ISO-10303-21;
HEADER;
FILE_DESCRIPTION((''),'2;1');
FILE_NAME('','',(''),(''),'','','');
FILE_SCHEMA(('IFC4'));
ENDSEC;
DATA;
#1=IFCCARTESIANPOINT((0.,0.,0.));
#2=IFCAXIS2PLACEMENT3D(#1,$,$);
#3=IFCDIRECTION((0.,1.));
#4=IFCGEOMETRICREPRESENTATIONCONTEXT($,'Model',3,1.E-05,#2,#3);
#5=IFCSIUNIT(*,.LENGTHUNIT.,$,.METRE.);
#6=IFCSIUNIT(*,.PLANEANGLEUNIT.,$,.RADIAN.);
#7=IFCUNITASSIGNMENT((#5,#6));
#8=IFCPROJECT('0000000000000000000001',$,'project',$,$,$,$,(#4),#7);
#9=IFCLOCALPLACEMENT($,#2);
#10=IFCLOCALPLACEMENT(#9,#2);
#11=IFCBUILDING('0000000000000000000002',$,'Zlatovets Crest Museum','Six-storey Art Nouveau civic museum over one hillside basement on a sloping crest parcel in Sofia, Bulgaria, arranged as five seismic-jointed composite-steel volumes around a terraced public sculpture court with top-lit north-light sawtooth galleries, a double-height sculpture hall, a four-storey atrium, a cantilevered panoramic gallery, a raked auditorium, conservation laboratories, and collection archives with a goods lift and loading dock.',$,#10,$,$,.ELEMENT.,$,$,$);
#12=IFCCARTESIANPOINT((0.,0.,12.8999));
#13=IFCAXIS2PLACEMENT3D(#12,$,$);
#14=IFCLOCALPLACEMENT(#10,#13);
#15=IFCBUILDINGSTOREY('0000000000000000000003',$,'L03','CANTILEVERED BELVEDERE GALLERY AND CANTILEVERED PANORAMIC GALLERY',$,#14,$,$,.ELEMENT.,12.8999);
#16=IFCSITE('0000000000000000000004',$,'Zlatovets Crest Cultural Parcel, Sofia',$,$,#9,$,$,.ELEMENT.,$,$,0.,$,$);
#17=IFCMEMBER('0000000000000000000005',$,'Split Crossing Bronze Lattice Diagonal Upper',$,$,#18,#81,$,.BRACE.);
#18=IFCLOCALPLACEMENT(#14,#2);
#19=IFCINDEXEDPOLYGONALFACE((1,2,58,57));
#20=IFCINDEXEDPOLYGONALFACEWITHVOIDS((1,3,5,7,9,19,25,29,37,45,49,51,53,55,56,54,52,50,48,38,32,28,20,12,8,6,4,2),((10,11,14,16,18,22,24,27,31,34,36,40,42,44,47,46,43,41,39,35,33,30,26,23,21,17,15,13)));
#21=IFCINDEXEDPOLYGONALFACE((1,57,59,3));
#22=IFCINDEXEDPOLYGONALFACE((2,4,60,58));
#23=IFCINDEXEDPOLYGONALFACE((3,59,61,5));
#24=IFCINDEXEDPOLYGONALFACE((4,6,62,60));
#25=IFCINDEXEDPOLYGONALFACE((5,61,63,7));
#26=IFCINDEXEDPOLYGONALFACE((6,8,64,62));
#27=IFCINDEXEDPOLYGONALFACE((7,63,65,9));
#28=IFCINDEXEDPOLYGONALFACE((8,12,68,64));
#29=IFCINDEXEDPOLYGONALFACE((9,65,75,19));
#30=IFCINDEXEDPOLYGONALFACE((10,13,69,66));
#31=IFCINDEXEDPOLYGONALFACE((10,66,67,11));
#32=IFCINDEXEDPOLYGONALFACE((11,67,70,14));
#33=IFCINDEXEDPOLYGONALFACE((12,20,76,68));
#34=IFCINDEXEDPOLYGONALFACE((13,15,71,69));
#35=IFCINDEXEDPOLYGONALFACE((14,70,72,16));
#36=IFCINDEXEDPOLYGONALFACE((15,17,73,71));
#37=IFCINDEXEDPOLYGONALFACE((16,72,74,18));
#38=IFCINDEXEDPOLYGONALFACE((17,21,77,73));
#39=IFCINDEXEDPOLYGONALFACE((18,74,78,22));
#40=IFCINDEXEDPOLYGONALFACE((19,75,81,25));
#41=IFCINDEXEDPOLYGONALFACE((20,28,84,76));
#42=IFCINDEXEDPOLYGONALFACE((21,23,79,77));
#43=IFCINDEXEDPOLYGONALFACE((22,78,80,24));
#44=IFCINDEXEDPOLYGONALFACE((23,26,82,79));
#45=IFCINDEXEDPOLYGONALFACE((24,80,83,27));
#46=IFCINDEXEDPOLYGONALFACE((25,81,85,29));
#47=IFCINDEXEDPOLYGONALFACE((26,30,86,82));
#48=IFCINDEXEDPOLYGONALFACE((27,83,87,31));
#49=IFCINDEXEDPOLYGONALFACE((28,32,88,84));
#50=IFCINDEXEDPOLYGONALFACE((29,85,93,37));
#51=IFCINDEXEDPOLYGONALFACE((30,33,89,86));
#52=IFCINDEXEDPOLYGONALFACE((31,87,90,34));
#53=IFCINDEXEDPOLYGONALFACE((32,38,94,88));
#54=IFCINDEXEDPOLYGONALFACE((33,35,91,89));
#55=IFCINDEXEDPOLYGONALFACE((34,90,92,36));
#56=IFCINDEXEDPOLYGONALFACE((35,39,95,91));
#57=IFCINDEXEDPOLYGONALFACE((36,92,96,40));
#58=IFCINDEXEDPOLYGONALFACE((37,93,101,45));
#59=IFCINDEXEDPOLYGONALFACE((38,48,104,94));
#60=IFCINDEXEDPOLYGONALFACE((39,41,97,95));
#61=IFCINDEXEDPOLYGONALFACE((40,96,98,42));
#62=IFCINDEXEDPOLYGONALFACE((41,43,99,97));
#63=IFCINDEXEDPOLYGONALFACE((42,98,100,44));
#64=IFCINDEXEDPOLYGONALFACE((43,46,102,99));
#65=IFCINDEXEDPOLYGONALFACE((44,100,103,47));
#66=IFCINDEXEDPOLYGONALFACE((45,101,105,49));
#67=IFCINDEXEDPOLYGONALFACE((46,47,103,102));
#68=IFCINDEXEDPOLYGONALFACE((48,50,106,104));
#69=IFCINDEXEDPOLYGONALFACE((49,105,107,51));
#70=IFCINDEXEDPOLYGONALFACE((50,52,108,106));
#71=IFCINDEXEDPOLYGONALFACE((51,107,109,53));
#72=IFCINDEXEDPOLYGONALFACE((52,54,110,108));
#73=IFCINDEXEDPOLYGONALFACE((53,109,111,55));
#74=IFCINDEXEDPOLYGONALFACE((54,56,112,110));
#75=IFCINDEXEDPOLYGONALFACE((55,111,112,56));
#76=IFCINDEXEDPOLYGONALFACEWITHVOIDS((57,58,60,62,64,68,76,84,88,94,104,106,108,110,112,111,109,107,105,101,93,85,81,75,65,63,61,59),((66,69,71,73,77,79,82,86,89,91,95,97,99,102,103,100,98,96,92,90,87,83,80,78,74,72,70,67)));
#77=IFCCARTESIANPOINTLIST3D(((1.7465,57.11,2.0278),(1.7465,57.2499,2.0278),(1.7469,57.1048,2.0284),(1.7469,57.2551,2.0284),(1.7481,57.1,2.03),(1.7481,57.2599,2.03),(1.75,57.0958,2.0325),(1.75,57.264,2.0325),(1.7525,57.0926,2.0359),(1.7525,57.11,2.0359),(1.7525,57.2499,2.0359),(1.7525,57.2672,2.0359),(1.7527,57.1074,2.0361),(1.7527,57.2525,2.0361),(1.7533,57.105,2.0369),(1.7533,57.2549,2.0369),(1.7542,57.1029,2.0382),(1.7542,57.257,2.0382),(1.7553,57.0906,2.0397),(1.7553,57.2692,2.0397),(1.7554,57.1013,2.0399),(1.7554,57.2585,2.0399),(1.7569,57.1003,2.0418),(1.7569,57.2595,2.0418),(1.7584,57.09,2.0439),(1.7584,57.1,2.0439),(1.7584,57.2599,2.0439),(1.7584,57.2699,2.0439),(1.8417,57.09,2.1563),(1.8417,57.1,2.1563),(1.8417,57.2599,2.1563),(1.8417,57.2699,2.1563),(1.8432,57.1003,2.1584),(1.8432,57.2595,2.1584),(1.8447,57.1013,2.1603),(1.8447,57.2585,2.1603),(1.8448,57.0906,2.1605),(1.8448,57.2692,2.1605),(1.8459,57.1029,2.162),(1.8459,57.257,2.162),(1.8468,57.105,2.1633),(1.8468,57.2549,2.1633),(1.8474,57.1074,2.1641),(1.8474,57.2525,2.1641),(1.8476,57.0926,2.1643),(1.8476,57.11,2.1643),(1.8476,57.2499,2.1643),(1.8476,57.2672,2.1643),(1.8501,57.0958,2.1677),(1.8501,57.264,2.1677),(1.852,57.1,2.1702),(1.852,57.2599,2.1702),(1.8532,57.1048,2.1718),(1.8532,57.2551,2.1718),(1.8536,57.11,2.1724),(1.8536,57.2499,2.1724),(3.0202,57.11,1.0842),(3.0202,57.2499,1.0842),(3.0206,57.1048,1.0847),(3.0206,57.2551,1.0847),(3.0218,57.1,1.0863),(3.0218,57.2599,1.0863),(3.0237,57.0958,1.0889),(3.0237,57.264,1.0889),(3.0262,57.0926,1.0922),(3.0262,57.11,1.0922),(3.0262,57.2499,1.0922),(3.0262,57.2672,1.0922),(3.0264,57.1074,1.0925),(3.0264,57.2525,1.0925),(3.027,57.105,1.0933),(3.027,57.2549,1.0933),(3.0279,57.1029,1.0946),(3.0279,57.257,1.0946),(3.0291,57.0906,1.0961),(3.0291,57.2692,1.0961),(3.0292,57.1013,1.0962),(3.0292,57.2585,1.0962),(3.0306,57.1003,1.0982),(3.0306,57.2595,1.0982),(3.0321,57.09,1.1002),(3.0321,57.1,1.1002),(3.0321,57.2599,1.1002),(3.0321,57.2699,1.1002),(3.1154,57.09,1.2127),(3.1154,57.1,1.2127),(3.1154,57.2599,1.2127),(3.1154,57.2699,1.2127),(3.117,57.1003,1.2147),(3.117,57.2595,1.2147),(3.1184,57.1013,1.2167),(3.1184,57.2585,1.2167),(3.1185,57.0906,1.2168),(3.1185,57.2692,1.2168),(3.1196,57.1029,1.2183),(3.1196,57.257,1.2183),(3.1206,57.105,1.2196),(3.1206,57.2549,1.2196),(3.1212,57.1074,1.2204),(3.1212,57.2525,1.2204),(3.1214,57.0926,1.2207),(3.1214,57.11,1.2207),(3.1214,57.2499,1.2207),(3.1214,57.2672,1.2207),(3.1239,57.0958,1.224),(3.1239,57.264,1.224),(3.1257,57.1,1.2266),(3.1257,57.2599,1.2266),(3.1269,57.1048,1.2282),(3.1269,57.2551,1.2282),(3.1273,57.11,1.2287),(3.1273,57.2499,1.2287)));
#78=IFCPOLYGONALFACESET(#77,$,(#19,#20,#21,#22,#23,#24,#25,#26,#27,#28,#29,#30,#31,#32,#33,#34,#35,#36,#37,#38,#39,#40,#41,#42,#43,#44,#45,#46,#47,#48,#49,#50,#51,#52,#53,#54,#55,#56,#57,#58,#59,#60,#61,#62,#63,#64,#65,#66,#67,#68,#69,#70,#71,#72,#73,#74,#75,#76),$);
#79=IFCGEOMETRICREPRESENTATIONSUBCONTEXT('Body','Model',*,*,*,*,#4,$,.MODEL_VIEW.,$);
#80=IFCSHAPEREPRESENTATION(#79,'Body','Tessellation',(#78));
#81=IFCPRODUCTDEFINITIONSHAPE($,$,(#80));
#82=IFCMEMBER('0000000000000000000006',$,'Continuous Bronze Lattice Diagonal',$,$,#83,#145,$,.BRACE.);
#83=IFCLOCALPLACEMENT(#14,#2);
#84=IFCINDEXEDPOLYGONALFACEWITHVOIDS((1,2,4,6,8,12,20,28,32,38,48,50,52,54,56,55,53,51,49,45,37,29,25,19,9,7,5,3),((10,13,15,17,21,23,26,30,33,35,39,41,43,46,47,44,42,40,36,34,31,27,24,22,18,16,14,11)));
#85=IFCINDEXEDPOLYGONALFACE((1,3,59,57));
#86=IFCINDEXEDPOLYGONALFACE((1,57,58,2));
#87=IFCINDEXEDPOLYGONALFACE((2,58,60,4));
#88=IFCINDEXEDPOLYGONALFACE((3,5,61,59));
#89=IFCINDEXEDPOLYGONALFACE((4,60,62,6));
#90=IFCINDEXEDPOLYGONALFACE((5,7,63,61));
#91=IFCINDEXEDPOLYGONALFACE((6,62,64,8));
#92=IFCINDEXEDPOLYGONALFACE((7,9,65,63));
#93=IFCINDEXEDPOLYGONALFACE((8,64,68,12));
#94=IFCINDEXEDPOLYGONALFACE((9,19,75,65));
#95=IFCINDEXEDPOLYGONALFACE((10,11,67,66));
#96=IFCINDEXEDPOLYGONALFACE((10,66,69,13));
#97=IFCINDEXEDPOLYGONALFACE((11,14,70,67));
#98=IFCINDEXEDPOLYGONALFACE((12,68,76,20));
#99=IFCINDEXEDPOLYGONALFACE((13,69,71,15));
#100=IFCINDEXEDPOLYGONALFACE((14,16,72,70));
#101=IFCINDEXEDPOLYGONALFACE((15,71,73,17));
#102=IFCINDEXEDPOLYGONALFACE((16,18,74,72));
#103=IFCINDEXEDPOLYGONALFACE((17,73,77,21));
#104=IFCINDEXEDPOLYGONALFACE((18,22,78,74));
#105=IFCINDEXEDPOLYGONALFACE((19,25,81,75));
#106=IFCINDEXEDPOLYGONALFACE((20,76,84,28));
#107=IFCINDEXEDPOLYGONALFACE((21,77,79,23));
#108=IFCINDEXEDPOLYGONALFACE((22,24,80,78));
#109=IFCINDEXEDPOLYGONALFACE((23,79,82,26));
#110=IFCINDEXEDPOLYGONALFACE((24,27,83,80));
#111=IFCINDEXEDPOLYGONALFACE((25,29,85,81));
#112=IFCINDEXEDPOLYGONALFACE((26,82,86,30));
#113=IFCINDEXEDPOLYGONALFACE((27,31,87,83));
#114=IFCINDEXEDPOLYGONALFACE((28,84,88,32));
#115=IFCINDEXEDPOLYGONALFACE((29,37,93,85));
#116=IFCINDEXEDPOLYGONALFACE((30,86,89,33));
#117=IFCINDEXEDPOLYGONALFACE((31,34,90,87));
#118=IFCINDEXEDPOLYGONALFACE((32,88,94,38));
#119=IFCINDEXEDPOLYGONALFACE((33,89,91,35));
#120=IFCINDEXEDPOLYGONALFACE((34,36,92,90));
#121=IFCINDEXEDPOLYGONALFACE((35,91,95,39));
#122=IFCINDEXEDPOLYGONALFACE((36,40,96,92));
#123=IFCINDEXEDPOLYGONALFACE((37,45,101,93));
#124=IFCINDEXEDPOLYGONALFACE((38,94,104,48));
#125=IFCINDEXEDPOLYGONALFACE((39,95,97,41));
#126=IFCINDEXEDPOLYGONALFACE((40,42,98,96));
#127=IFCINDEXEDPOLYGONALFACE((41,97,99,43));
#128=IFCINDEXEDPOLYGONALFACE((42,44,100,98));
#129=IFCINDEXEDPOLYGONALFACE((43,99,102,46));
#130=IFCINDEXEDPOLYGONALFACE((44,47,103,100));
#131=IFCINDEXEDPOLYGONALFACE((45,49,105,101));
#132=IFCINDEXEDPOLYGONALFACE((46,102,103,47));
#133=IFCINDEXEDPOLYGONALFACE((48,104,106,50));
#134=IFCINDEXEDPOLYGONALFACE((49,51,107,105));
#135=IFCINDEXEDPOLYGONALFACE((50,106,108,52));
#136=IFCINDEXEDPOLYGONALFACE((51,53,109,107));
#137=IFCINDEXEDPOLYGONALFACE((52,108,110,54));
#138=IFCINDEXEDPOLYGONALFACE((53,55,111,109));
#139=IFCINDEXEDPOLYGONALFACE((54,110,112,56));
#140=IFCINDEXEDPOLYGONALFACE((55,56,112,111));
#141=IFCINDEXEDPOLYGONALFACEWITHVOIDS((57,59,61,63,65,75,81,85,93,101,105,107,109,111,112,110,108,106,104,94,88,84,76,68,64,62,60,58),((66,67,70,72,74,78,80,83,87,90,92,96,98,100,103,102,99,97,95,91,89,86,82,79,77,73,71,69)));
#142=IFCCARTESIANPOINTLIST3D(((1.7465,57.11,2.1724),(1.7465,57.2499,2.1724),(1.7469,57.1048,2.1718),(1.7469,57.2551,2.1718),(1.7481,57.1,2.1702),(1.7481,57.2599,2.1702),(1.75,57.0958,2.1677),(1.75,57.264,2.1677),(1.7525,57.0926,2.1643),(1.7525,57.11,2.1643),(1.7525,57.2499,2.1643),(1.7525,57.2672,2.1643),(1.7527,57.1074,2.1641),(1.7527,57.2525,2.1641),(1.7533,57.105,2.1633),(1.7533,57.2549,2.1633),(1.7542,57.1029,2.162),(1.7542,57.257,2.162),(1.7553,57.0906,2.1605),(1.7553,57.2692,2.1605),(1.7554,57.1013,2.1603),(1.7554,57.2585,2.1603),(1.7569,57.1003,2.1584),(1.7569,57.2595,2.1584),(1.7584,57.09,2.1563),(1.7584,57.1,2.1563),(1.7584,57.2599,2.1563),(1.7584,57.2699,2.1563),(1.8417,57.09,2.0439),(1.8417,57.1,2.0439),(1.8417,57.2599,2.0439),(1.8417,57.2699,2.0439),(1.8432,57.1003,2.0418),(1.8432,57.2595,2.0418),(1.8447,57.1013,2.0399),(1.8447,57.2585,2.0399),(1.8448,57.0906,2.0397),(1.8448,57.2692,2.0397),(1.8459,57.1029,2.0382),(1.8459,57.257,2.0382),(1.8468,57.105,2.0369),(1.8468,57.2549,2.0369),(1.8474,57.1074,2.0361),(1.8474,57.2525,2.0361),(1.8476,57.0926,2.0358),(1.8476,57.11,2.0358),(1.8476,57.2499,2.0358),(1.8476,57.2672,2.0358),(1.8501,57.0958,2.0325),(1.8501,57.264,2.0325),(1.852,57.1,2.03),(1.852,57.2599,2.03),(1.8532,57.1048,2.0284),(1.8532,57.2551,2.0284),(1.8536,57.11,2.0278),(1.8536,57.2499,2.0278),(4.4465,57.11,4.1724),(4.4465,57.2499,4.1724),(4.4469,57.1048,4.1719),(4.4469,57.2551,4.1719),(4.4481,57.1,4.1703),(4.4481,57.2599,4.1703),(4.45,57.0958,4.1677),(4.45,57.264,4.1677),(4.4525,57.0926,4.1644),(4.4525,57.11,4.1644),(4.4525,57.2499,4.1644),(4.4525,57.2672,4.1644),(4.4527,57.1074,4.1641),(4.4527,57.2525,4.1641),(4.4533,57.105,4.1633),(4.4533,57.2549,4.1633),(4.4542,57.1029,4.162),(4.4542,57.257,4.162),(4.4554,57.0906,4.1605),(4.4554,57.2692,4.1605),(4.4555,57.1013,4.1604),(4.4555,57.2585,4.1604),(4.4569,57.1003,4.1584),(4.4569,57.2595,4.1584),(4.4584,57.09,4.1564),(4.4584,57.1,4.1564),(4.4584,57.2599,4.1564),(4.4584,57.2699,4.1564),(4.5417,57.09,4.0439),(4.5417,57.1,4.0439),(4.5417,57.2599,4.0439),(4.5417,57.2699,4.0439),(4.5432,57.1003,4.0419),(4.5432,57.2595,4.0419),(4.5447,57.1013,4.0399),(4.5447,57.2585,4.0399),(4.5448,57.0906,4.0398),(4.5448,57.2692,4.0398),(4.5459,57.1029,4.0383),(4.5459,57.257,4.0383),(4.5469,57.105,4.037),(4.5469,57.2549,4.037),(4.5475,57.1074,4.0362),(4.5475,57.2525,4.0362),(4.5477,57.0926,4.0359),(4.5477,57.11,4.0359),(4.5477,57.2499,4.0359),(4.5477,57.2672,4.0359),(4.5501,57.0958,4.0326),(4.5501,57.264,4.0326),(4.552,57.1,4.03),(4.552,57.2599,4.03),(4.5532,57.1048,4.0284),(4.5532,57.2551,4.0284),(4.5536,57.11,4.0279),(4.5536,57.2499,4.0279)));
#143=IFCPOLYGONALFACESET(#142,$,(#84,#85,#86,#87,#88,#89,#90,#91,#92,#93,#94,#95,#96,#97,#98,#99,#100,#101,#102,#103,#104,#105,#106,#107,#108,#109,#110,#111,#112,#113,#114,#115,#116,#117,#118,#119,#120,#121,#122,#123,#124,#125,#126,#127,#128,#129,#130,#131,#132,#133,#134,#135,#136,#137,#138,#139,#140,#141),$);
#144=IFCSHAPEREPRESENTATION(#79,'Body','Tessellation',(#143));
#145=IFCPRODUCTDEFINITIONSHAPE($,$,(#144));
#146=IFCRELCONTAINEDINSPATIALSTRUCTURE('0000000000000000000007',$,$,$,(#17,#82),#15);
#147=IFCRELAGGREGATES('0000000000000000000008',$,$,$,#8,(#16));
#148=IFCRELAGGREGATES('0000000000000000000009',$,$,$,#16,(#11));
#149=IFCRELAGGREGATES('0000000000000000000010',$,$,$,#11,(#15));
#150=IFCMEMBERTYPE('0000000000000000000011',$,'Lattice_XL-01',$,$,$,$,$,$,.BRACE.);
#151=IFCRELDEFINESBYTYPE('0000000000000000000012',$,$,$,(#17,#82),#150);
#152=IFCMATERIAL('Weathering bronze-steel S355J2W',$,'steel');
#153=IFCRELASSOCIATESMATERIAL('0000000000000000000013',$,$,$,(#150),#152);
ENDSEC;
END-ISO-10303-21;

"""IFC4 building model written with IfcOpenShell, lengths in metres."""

from ifc_helpers import new_model, si_unit, direction, frame, origin, origin_2d, place, context, subcontext, project, spatial, hollow_rectangle, extrude, material, material_profile, profile_set, type_object, element, save


model = new_model("IFC4")

# Units and contexts
model_context = context("Model", 3, precision=1e-05, world=origin(), true_north=direction((0.0, 1.0)))
body_context = subcontext(model_context, "Body", "Model", "MODEL_VIEW")
ifc_project = project(units=[si_unit("LENGTHUNIT", "METRE"), si_unit("PLANEANGLEUNIT", "RADIAN")], contexts=[model_context])

# Site, building, storey
site_placement = place(None, origin())
site = spatial("IfcSite", under=ifc_project, at=site_placement, Name="Zlatovets Crest Cultural Parcel, Sofia", CompositionType="ELEMENT", RefElevation=0.0)
building_placement = place(site_placement, origin())
building = spatial("IfcBuilding", under=site, at=building_placement, Name="Zlatovets Crest Museum", Description="Six-storey Art Nouveau civic museum over one hillside basement on a sloping crest parcel in Sofia, Bulgaria, arranged as five seismic-jointed composite-steel volumes around a terraced public sculpture court with top-lit north-light sawtooth galleries, a double-height sculpture hall, a four-storey atrium, a cantilevered panoramic gallery, a raked auditorium, conservation laboratories, and collection archives with a goods lift and loading dock.", CompositionType="ELEMENT")
storey_placement = place(building_placement, frame((0.0, 0.0, 12.8999)))
storey = spatial("IfcBuildingStorey", under=building, at=storey_placement, Name="L03", Description="CANTILEVERED BELVEDERE GALLERY AND CANTILEVERED PANORAMIC GALLERY", CompositionType="ELEMENT", Elevation=12.8999)

# Members
ifc_material_1 = material(Name="Weathering bronze-steel S355J2W", Category="steel")
ifc_material_profile_1 = material_profile(ifc_material_1, hollow_rectangle(XDim=0.1799, YDim=0.1799, WallThickness=0.01, InnerFilletRadius=0.01, OuterFilletRadius=0.02, at=origin_2d()), Name="SHS 180x180x10.0")
ifc_profile_set_1 = profile_set([ifc_material_profile_1], Name="Weathering bronze-steel S355J2W")
member_type_1 = type_object("IfcMemberType", Name="Lattice_XL-01", PredefinedType="BRACE", material=ifc_profile_set_1)
member_1_placement = place(storey_placement, frame((1.8, 57.1799, 2.1001), z_axis=(0.803516, 0.0, -0.595283), x_axis=(0.0, 1.0, 0.0)))
element("IfcMember", 1, at=member_1_placement, inside=storey, type_object=member_type_1, Name="Split Crossing Bronze Lattice Diagonal Upper", PredefinedType="BRACE", context=body_context, shape_type="SweptSolid", body=[
    extrude(hollow_rectangle(XDim=0.1799, YDim=0.1799, WallThickness=0.01, InnerFilletRadius=0.01, OuterFilletRadius=0.02, at=origin_2d()), origin(), (0.0, 0.0, 1.0), 1.5852),
])
member_2_placement = place(storey_placement, frame((1.8, 57.1799, 2.1001), z_axis=(0.803552, 0.0, 0.595235), x_axis=(0.0, 1.0, 0.0)))
element("IfcMember", 2, at=member_2_placement, inside=storey, type_object=member_type_1, Name="Continuous Bronze Lattice Diagonal", PredefinedType="BRACE", context=body_context, shape_type="SweptSolid", body=[
    extrude(hollow_rectangle(XDim=0.1799, YDim=0.1799, WallThickness=0.01, InnerFilletRadius=0.01, OuterFilletRadius=0.02, at=origin_2d()), origin(), (0.0, 0.0, 1.0), 3.3601),
])

save(model, "model.ifc")
